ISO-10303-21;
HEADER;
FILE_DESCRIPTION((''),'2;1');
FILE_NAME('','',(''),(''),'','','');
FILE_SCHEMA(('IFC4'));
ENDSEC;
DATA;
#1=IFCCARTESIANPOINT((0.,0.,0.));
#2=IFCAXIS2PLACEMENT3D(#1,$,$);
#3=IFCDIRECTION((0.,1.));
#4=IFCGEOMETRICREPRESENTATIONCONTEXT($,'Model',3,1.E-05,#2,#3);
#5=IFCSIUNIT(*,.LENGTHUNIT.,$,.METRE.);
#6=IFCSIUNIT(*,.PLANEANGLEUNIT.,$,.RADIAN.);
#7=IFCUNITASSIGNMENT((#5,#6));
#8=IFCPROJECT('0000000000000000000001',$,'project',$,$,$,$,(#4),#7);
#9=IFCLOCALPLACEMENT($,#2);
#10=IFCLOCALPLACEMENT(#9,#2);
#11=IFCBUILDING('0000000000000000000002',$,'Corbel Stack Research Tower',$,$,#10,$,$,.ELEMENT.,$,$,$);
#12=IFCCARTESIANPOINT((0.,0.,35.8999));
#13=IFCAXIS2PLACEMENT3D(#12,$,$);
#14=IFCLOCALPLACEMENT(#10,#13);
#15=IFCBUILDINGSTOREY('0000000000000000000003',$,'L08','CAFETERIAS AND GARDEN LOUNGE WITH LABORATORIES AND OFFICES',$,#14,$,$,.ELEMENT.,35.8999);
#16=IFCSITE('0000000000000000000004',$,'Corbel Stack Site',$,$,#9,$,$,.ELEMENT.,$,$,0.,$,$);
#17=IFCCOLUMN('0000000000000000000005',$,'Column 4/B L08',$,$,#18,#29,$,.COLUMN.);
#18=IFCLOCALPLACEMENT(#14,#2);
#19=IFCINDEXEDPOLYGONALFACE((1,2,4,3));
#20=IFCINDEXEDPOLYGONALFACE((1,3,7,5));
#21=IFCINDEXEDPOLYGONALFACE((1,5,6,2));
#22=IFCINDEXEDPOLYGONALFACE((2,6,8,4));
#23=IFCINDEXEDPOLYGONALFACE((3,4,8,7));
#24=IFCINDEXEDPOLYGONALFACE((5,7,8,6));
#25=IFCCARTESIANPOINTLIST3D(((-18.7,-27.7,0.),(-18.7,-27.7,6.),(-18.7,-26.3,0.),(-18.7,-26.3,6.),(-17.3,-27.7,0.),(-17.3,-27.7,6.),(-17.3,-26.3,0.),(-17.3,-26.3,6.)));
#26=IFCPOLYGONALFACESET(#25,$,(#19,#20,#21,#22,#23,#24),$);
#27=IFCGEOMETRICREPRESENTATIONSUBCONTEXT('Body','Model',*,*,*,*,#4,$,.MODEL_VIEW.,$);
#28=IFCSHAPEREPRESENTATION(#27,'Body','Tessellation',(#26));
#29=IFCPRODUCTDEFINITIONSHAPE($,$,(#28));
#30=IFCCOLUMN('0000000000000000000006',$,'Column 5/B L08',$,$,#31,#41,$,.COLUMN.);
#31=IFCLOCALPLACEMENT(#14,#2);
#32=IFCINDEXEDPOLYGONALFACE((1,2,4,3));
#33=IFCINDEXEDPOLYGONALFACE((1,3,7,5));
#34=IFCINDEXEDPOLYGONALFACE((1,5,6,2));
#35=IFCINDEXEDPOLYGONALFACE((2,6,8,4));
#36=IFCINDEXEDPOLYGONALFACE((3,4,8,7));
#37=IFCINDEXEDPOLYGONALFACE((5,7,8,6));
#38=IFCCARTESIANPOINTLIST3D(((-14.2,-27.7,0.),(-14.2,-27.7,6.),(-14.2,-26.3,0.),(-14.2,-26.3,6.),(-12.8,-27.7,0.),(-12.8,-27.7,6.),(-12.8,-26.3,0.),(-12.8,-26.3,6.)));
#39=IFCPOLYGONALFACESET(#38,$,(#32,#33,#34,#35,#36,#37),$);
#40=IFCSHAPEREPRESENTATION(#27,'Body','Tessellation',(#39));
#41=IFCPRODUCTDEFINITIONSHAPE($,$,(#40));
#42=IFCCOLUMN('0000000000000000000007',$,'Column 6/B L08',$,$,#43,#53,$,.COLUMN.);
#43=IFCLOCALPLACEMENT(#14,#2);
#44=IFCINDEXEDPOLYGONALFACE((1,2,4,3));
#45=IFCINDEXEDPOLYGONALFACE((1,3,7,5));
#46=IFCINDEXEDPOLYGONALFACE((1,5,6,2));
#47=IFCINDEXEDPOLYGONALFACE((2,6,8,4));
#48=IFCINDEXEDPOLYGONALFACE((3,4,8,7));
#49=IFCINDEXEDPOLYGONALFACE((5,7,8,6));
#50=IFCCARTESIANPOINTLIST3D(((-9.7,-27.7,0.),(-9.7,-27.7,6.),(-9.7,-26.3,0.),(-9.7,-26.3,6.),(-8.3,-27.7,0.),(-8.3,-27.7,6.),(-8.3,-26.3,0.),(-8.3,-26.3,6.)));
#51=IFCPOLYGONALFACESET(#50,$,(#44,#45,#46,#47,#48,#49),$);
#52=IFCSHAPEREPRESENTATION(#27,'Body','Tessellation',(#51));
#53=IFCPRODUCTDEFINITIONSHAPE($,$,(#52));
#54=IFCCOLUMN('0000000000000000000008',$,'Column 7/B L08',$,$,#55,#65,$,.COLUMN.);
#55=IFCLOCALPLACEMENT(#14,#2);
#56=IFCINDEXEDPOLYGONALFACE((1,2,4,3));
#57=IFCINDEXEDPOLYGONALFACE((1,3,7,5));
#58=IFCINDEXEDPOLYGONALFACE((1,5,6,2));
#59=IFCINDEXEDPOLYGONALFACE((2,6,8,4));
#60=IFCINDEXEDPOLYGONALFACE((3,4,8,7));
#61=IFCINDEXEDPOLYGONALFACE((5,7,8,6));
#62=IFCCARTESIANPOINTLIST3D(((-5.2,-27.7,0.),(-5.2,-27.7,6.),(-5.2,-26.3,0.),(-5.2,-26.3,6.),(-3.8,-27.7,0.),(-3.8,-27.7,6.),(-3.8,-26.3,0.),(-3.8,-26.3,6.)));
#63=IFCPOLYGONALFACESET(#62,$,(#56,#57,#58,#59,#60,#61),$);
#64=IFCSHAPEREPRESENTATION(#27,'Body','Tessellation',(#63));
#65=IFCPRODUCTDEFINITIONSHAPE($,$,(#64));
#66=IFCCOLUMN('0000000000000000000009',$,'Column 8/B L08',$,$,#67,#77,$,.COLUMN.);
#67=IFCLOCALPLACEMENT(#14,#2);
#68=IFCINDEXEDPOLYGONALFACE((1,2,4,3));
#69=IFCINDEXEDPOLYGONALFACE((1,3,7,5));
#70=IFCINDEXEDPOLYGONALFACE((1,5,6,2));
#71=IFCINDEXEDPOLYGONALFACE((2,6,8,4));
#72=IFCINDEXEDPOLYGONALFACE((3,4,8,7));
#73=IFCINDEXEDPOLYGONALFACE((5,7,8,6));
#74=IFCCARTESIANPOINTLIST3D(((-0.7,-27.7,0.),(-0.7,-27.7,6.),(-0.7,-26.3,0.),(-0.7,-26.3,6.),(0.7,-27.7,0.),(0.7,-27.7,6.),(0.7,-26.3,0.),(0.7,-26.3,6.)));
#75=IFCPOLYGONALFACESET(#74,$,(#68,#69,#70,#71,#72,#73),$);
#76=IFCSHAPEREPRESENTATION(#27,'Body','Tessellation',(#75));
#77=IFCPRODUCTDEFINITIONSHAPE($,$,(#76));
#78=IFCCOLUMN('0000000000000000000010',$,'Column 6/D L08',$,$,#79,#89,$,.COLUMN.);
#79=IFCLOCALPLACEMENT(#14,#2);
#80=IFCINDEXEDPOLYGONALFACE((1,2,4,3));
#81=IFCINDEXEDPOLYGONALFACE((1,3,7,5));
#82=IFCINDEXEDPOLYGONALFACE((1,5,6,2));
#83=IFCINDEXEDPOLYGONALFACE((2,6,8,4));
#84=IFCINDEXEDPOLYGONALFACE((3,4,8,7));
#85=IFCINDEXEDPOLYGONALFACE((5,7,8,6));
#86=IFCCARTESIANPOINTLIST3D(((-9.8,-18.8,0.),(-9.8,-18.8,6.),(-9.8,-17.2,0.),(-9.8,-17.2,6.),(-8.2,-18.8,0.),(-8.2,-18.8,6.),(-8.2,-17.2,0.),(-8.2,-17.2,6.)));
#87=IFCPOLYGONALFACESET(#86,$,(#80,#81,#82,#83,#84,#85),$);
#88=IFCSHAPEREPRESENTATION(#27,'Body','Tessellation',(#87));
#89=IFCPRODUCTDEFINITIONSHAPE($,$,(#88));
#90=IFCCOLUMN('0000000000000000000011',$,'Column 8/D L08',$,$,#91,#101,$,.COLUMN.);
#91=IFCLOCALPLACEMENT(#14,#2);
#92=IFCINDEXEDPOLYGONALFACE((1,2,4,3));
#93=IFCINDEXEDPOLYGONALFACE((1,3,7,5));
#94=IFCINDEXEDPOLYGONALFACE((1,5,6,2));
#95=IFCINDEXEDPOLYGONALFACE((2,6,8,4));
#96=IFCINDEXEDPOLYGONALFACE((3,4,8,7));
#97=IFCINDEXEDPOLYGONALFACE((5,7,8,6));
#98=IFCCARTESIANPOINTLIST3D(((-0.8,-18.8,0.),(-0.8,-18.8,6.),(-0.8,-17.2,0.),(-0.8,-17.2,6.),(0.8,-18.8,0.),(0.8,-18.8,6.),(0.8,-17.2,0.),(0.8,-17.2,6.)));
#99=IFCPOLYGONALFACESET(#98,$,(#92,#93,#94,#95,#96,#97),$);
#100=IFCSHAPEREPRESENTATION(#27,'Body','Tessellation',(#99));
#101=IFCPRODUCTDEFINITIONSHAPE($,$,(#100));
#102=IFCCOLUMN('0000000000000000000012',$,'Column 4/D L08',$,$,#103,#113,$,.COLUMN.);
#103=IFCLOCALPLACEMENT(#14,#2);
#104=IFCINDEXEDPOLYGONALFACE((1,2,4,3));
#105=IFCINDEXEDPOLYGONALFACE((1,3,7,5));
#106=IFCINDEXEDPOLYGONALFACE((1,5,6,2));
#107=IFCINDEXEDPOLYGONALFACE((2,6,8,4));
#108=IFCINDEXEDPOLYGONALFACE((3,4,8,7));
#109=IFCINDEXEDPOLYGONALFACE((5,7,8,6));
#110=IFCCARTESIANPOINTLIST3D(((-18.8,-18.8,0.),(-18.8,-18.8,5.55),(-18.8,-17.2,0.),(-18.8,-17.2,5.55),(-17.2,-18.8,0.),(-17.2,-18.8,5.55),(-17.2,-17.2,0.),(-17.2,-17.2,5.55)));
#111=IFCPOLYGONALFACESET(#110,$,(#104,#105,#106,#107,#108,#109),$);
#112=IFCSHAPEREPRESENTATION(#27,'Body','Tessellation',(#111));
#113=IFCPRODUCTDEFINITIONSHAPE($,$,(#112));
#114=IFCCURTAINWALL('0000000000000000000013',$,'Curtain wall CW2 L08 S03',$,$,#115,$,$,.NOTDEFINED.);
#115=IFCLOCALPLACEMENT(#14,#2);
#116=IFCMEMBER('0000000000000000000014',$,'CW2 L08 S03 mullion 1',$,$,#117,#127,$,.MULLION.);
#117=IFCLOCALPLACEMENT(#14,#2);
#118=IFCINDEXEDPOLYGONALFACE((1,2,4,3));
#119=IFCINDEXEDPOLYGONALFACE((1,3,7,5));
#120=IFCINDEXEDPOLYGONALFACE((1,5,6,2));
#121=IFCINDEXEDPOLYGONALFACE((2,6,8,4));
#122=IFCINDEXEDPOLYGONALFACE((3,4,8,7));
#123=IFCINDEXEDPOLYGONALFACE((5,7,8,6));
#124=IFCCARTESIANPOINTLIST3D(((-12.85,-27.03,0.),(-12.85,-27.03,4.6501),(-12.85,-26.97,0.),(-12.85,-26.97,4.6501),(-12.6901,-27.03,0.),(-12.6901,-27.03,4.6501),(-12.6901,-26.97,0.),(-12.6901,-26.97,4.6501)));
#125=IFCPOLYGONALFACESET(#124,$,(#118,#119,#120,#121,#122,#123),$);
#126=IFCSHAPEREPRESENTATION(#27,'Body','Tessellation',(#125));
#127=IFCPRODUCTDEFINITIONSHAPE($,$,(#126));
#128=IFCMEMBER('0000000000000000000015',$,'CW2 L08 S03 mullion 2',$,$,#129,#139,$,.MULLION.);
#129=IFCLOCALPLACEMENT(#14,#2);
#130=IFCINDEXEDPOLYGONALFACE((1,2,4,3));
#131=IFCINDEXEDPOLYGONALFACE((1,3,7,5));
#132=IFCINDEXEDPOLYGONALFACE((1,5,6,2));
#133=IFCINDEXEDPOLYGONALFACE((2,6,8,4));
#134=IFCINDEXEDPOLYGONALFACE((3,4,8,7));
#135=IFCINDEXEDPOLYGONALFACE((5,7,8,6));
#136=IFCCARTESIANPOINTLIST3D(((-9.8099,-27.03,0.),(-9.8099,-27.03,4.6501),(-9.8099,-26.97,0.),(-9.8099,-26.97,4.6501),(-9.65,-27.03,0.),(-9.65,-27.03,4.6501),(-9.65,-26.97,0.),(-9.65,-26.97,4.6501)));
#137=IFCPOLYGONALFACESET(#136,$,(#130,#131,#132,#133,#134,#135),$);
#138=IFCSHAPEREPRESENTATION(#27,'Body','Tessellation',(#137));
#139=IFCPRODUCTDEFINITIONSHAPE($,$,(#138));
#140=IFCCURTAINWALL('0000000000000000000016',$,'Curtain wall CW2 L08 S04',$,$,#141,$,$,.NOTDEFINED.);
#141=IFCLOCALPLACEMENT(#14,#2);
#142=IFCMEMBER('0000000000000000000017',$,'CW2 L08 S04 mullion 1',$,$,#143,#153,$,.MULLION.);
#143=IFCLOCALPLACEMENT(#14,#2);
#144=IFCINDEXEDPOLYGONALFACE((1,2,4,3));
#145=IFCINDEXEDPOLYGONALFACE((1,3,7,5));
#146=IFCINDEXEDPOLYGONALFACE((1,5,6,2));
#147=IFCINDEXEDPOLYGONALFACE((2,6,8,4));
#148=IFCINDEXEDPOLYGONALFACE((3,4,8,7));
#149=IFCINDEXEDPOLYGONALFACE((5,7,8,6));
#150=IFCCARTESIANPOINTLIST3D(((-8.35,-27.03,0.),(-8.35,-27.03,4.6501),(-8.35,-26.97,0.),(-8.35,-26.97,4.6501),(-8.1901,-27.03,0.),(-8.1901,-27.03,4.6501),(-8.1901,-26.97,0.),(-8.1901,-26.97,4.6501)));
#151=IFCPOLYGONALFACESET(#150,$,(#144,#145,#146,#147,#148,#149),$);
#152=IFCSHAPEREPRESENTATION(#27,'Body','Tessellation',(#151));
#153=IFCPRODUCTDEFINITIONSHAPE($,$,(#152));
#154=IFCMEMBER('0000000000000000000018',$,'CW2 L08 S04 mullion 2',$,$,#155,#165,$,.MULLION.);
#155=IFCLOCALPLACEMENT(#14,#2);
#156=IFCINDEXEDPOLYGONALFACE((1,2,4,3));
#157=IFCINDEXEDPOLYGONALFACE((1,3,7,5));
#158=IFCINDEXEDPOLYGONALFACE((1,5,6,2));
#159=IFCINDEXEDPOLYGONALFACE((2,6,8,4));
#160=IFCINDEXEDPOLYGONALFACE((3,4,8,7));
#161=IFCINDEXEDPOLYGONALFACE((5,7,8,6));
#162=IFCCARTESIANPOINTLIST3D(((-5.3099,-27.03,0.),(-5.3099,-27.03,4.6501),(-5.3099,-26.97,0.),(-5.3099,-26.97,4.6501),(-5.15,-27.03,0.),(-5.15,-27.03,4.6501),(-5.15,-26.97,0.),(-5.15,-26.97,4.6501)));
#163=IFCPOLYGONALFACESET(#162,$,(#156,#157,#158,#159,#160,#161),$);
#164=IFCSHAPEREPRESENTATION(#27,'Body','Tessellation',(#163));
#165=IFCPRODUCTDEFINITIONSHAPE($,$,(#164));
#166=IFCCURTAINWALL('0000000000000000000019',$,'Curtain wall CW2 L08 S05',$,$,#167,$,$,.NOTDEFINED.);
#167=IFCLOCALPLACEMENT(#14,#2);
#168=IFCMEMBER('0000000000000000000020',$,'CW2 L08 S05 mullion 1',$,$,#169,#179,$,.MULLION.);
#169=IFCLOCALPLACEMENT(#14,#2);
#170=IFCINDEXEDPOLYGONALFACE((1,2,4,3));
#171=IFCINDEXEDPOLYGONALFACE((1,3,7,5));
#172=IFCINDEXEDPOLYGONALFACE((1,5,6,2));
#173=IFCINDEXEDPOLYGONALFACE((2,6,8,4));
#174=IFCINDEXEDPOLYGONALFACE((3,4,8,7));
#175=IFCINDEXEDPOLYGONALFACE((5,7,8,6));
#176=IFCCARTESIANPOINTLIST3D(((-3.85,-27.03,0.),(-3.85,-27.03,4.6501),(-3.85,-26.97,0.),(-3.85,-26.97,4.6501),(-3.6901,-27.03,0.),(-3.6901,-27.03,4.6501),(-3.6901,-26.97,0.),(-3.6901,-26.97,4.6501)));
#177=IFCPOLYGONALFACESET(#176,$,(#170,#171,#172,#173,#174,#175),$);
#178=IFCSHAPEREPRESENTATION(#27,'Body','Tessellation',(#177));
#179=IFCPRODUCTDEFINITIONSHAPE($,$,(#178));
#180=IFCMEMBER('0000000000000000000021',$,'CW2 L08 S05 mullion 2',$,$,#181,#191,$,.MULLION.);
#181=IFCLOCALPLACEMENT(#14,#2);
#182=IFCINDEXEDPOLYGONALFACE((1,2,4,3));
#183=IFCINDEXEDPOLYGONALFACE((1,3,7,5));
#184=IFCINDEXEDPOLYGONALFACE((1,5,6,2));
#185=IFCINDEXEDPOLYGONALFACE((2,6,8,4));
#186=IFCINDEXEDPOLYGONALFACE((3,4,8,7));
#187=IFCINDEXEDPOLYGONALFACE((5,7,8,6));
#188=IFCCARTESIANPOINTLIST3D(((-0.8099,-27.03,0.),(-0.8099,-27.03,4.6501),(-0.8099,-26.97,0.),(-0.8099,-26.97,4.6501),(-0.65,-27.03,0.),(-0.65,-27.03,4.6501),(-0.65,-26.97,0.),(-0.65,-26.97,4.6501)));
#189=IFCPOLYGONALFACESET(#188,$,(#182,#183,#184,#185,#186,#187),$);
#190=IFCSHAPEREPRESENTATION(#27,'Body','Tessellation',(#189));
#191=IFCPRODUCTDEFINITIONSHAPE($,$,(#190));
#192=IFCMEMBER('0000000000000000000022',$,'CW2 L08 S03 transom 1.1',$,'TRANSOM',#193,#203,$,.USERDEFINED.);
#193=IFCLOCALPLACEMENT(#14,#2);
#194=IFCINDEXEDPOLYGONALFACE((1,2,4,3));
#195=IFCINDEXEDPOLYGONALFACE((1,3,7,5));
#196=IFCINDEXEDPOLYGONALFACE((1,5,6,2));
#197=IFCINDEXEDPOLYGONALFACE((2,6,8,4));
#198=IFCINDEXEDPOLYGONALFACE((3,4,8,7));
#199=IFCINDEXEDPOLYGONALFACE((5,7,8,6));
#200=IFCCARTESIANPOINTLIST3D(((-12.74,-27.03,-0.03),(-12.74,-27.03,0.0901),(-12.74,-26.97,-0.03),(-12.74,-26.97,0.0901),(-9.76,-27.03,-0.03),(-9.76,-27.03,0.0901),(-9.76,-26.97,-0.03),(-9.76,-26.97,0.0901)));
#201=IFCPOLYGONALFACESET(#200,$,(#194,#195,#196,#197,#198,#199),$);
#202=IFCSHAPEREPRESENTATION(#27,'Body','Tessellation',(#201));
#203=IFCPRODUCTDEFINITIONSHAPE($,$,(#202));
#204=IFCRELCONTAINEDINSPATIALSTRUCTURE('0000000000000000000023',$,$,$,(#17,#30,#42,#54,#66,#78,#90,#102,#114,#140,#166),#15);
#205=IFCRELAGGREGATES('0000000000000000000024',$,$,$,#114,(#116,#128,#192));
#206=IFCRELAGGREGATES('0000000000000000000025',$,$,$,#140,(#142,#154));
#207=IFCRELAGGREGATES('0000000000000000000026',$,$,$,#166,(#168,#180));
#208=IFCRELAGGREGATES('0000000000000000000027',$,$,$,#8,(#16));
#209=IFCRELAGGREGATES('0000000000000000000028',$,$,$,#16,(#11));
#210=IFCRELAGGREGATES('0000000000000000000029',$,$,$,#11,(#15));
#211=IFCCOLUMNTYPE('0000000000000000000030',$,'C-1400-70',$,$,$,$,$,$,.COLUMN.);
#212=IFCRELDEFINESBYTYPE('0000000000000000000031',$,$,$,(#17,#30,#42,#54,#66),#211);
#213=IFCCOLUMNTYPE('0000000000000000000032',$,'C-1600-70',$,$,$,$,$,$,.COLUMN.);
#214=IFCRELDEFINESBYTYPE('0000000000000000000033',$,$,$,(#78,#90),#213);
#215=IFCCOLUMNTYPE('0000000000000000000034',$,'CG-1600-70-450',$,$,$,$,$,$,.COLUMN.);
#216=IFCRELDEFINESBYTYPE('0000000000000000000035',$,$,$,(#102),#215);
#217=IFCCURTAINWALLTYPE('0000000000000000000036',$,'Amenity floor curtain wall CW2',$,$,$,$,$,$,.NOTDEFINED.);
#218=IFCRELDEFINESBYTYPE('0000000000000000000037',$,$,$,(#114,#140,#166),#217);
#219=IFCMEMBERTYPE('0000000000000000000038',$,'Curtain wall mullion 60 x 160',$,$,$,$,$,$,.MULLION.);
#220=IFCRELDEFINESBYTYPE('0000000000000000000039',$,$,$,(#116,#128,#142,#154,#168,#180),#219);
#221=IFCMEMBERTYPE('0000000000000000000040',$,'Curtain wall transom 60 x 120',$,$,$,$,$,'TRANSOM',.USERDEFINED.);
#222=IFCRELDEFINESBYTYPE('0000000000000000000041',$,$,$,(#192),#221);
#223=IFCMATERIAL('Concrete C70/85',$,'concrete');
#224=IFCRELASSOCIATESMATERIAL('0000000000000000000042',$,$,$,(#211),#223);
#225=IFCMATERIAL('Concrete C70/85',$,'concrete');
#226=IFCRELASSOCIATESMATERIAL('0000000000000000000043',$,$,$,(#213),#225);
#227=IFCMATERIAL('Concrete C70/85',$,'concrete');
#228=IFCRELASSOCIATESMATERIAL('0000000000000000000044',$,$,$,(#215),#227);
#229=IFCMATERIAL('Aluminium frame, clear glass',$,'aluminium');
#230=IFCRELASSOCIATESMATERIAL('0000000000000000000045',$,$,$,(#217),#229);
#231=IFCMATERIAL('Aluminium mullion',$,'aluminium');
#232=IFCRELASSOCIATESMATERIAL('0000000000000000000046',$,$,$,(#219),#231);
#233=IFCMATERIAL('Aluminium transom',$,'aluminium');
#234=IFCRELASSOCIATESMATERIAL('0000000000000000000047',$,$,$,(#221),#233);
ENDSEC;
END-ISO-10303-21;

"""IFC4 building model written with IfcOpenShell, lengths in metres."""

from ifc_helpers import new_model, si_unit, direction, frame, origin, origin_2d, place, context, subcontext, project, spatial, rectangle, extrude, material, material_profile, profile_set, type_object, element, aggregate, save


model = new_model("IFC4")

# Units and contexts
model_context = context("Model", 3, precision=1e-05, world=origin(), true_north=direction((0.0, 1.0)))
body_context = subcontext(model_context, "Body", "Model", "MODEL_VIEW")
ifc_project = project(units=[si_unit("LENGTHUNIT", "METRE"), si_unit("PLANEANGLEUNIT", "RADIAN")], contexts=[model_context])

# Site, building, storey
site_placement = place(None, origin())
site = spatial("IfcSite", under=ifc_project, at=site_placement, Name="Corbel Stack Site", CompositionType="ELEMENT", RefElevation=0.0)
building_placement = place(site_placement, origin())
building = spatial("IfcBuilding", under=site, at=building_placement, Name="Corbel Stack Research Tower", CompositionType="ELEMENT")
storey_placement = place(building_placement, frame((0.0, 0.0, 35.8999)))
storey = spatial("IfcBuildingStorey", under=building, at=storey_placement, Name="L08", Description="CAFETERIAS AND GARDEN LOUNGE WITH LABORATORIES AND OFFICES", CompositionType="ELEMENT", Elevation=35.8999)

# Columns
ifc_material_1 = material(Name="Concrete C70/85", Category="concrete")
ifc_material_profile_1 = material_profile(ifc_material_1, rectangle(XDim=1.3999, YDim=1.3999, at=origin_2d()), Name="RC 1400 x 1400")
ifc_profile_set_1 = profile_set([ifc_material_profile_1], Name="Concrete C70/85")
column_type_1 = type_object("IfcColumnType", Name="C-1400-70", PredefinedType="COLUMN", material=ifc_profile_set_1)
for number, where, z_axis, x_axis, name in (
    (1, (-18.0, -27.0, 0.0), (0.0, 0.0, 1.0), (1.0, 0.0, 0.0), "Column 4/B L08"),
    (2, (-13.5, -27.0, 0.0), (0.0, 0.0, 1.0), (1.0, 0.0, 0.0), "Column 5/B L08"),
    (3, (-9.0, -27.0, 0.0), (0.0, 0.0, 1.0), (1.0, 0.0, 0.0), "Column 6/B L08"),
    (4, (-4.5, -27.0, 0.0), (0.0, 0.0, 1.0), (1.0, 0.0, 0.0), "Column 7/B L08"),
    (5, (0.0, -27.0, 0.0), (0.0, 0.0, 1.0), (1.0, 0.0, 0.0), "Column 8/B L08"),
):
    element("IfcColumn", number, at=place(storey_placement, frame(where, z_axis=z_axis, x_axis=x_axis)), inside=storey, type_object=column_type_1, Name=name, PredefinedType="COLUMN", context=body_context, shape_type="SweptSolid", body=[
        extrude(rectangle(XDim=1.3999, YDim=1.3999, at=origin_2d()), origin(), (0.0, 0.0, 1.0), 6.0),
    ])
ifc_material_2 = material(Name="Concrete C70/85", Category="concrete")
ifc_material_profile_2 = material_profile(ifc_material_2, rectangle(XDim=1.6001, YDim=1.6001, at=origin_2d()), Name="RC 1600 x 1600")
ifc_profile_set_2 = profile_set([ifc_material_profile_2], Name="Concrete C70/85")
column_type_2 = type_object("IfcColumnType", Name="C-1600-70", PredefinedType="COLUMN", material=ifc_profile_set_2)
for number, where, z_axis, x_axis, name in (
    (6, (-9.0, -18.0, 0.0), (0.0, 0.0, 1.0), (1.0, 0.0, 0.0), "Column 6/D L08"),
    (7, (0.0, -18.0, 0.0), (0.0, 0.0, 1.0), (1.0, 0.0, 0.0), "Column 8/D L08"),
):
    element("IfcColumn", number, at=place(storey_placement, frame(where, z_axis=z_axis, x_axis=x_axis)), inside=storey, type_object=column_type_2, Name=name, PredefinedType="COLUMN", context=body_context, shape_type="SweptSolid", body=[
        extrude(rectangle(XDim=1.6001, YDim=1.6001, at=origin_2d()), origin(), (0.0, 0.0, 1.0), 6.0),
    ])
ifc_material_3 = material(Name="Concrete C70/85", Category="concrete")
ifc_material_profile_3 = material_profile(ifc_material_3, rectangle(XDim=1.6001, YDim=1.6001, at=origin_2d()), Name="RC 1600 x 1600")
ifc_profile_set_3 = profile_set([ifc_material_profile_3], Name="Concrete C70/85")
column_type_3 = type_object("IfcColumnType", Name="CG-1600-70-450", PredefinedType="COLUMN", material=ifc_profile_set_3)
column_placement = place(storey_placement, frame((-18.0, -18.0, 0.0), z_axis=(0.0, 0.0, 1.0), x_axis=(1.0, 0.0, 0.0)))
element("IfcColumn", 8, at=column_placement, inside=storey, type_object=column_type_3, Name="Column 4/D L08", PredefinedType="COLUMN", context=body_context, shape_type="SweptSolid", body=[
    extrude(rectangle(XDim=1.6001, YDim=1.6001, at=origin_2d()), origin(), (0.0, 0.0, 1.0), 5.55),
])

# Curtain walls, members
ifc_material_4 = material(Name="Aluminium frame, clear glass", Category="aluminium")
curtain_wall_type = type_object("IfcCurtainWallType", Name="Amenity floor curtain wall CW2", PredefinedType="NOTDEFINED", material=ifc_material_4)
curtain_wall_1_placement = place(storey_placement, origin())
curtain_wall_1 = element("IfcCurtainWall", 9, at=curtain_wall_1_placement, inside=storey, type_object=curtain_wall_type, Name="Curtain wall CW2 L08 S03", PredefinedType="NOTDEFINED")
ifc_material_5 = material(Name="Aluminium mullion", Category="aluminium")
ifc_material_profile_4 = material_profile(ifc_material_5, rectangle(XDim=0.0601, YDim=0.1599, at=origin_2d()), Name="Mullion 60 x 160")
ifc_profile_set_4 = profile_set([ifc_material_profile_4], Name="Aluminium mullion")
member_type_1 = type_object("IfcMemberType", Name="Curtain wall mullion 60 x 160", PredefinedType="MULLION", material=ifc_profile_set_4)
member_1_placement = place(storey_placement, frame((-12.77, -27.0, 0.0), z_axis=(0.0, 0.0, 1.0), x_axis=(0.0, 1.0, 0.0)))
member_1 = element("IfcMember", 10, at=member_1_placement, type_object=member_type_1, Name="CW2 L08 S03 mullion 1", PredefinedType="MULLION", context=body_context, shape_type="SweptSolid", body=[
    extrude(rectangle(XDim=0.0601, YDim=0.1599, at=origin_2d()), origin(), (0.0, 0.0, 1.0), 4.6501),
])
member_2_placement = place(storey_placement, frame((-9.73, -27.0, 0.0), z_axis=(0.0, 0.0, 1.0), x_axis=(0.0, 1.0, 0.0)))
member_2 = element("IfcMember", 11, at=member_2_placement, type_object=member_type_1, Name="CW2 L08 S03 mullion 2", PredefinedType="MULLION", context=body_context, shape_type="SweptSolid", body=[
    extrude(rectangle(XDim=0.0601, YDim=0.1599, at=origin_2d()), origin(), (0.0, 0.0, 1.0), 4.6501),
])
curtain_wall_2_placement = place(storey_placement, origin())
curtain_wall_2 = element("IfcCurtainWall", 12, at=curtain_wall_2_placement, inside=storey, type_object=curtain_wall_type, Name="Curtain wall CW2 L08 S04", PredefinedType="NOTDEFINED")
member_3_placement = place(storey_placement, frame((-8.27, -27.0, 0.0), z_axis=(0.0, 0.0, 1.0), x_axis=(0.0, 1.0, 0.0)))
member_3 = element("IfcMember", 13, at=member_3_placement, type_object=member_type_1, Name="CW2 L08 S04 mullion 1", PredefinedType="MULLION", context=body_context, shape_type="SweptSolid", body=[
    extrude(rectangle(XDim=0.0601, YDim=0.1599, at=origin_2d()), origin(), (0.0, 0.0, 1.0), 4.6501),
])
member_4_placement = place(storey_placement, frame((-5.23, -27.0, 0.0), z_axis=(0.0, 0.0, 1.0), x_axis=(0.0, 1.0, 0.0)))
member_4 = element("IfcMember", 14, at=member_4_placement, type_object=member_type_1, Name="CW2 L08 S04 mullion 2", PredefinedType="MULLION", context=body_context, shape_type="SweptSolid", body=[
    extrude(rectangle(XDim=0.0601, YDim=0.1599, at=origin_2d()), origin(), (0.0, 0.0, 1.0), 4.6501),
])
curtain_wall_3_placement = place(storey_placement, origin())
curtain_wall_3 = element("IfcCurtainWall", 15, at=curtain_wall_3_placement, inside=storey, type_object=curtain_wall_type, Name="Curtain wall CW2 L08 S05", PredefinedType="NOTDEFINED")
member_5_placement = place(storey_placement, frame((-3.77, -27.0, 0.0), z_axis=(0.0, 0.0, 1.0), x_axis=(0.0, 1.0, 0.0)))
member_5 = element("IfcMember", 16, at=member_5_placement, type_object=member_type_1, Name="CW2 L08 S05 mullion 1", PredefinedType="MULLION", context=body_context, shape_type="SweptSolid", body=[
    extrude(rectangle(XDim=0.0601, YDim=0.1599, at=origin_2d()), origin(), (0.0, 0.0, 1.0), 4.6501),
])
member_6_placement = place(storey_placement, frame((-0.73, -27.0, 0.0), z_axis=(0.0, 0.0, 1.0), x_axis=(0.0, 1.0, 0.0)))
member_6 = element("IfcMember", 17, at=member_6_placement, type_object=member_type_1, Name="CW2 L08 S05 mullion 2", PredefinedType="MULLION", context=body_context, shape_type="SweptSolid", body=[
    extrude(rectangle(XDim=0.0601, YDim=0.1599, at=origin_2d()), origin(), (0.0, 0.0, 1.0), 4.6501),
])

# Member
ifc_material_6 = material(Name="Aluminium transom", Category="aluminium")
ifc_material_profile_5 = material_profile(ifc_material_6, rectangle(XDim=0.0601, YDim=0.1201, at=origin_2d()), Name="Transom 60 x 120")
ifc_profile_set_5 = profile_set([ifc_material_profile_5], Name="Aluminium transom")
member_type_2 = type_object("IfcMemberType", Name="Curtain wall transom 60 x 120", ElementType="TRANSOM", PredefinedType="USERDEFINED", material=ifc_profile_set_5)
member_7_placement = place(storey_placement, frame((-12.74, -27.0, 0.03), z_axis=(1.0, 0.0, 0.0), x_axis=(0.0, 1.0, 0.0)))
member_7 = element("IfcMember", 18, at=member_7_placement, type_object=member_type_2, Name="CW2 L08 S03 transom 1.1", ObjectType="TRANSOM", PredefinedType="USERDEFINED", context=body_context, shape_type="SweptSolid", body=[
    extrude(rectangle(XDim=0.0601, YDim=0.1201, at=origin_2d()), origin(), (0.0, 0.0, 1.0), 2.98),
])

aggregate(curtain_wall_1, [member_1, member_2, member_7])
aggregate(curtain_wall_2, [member_3, member_4])
aggregate(curtain_wall_3, [member_5, member_6])

save(model, "model.ifc")
